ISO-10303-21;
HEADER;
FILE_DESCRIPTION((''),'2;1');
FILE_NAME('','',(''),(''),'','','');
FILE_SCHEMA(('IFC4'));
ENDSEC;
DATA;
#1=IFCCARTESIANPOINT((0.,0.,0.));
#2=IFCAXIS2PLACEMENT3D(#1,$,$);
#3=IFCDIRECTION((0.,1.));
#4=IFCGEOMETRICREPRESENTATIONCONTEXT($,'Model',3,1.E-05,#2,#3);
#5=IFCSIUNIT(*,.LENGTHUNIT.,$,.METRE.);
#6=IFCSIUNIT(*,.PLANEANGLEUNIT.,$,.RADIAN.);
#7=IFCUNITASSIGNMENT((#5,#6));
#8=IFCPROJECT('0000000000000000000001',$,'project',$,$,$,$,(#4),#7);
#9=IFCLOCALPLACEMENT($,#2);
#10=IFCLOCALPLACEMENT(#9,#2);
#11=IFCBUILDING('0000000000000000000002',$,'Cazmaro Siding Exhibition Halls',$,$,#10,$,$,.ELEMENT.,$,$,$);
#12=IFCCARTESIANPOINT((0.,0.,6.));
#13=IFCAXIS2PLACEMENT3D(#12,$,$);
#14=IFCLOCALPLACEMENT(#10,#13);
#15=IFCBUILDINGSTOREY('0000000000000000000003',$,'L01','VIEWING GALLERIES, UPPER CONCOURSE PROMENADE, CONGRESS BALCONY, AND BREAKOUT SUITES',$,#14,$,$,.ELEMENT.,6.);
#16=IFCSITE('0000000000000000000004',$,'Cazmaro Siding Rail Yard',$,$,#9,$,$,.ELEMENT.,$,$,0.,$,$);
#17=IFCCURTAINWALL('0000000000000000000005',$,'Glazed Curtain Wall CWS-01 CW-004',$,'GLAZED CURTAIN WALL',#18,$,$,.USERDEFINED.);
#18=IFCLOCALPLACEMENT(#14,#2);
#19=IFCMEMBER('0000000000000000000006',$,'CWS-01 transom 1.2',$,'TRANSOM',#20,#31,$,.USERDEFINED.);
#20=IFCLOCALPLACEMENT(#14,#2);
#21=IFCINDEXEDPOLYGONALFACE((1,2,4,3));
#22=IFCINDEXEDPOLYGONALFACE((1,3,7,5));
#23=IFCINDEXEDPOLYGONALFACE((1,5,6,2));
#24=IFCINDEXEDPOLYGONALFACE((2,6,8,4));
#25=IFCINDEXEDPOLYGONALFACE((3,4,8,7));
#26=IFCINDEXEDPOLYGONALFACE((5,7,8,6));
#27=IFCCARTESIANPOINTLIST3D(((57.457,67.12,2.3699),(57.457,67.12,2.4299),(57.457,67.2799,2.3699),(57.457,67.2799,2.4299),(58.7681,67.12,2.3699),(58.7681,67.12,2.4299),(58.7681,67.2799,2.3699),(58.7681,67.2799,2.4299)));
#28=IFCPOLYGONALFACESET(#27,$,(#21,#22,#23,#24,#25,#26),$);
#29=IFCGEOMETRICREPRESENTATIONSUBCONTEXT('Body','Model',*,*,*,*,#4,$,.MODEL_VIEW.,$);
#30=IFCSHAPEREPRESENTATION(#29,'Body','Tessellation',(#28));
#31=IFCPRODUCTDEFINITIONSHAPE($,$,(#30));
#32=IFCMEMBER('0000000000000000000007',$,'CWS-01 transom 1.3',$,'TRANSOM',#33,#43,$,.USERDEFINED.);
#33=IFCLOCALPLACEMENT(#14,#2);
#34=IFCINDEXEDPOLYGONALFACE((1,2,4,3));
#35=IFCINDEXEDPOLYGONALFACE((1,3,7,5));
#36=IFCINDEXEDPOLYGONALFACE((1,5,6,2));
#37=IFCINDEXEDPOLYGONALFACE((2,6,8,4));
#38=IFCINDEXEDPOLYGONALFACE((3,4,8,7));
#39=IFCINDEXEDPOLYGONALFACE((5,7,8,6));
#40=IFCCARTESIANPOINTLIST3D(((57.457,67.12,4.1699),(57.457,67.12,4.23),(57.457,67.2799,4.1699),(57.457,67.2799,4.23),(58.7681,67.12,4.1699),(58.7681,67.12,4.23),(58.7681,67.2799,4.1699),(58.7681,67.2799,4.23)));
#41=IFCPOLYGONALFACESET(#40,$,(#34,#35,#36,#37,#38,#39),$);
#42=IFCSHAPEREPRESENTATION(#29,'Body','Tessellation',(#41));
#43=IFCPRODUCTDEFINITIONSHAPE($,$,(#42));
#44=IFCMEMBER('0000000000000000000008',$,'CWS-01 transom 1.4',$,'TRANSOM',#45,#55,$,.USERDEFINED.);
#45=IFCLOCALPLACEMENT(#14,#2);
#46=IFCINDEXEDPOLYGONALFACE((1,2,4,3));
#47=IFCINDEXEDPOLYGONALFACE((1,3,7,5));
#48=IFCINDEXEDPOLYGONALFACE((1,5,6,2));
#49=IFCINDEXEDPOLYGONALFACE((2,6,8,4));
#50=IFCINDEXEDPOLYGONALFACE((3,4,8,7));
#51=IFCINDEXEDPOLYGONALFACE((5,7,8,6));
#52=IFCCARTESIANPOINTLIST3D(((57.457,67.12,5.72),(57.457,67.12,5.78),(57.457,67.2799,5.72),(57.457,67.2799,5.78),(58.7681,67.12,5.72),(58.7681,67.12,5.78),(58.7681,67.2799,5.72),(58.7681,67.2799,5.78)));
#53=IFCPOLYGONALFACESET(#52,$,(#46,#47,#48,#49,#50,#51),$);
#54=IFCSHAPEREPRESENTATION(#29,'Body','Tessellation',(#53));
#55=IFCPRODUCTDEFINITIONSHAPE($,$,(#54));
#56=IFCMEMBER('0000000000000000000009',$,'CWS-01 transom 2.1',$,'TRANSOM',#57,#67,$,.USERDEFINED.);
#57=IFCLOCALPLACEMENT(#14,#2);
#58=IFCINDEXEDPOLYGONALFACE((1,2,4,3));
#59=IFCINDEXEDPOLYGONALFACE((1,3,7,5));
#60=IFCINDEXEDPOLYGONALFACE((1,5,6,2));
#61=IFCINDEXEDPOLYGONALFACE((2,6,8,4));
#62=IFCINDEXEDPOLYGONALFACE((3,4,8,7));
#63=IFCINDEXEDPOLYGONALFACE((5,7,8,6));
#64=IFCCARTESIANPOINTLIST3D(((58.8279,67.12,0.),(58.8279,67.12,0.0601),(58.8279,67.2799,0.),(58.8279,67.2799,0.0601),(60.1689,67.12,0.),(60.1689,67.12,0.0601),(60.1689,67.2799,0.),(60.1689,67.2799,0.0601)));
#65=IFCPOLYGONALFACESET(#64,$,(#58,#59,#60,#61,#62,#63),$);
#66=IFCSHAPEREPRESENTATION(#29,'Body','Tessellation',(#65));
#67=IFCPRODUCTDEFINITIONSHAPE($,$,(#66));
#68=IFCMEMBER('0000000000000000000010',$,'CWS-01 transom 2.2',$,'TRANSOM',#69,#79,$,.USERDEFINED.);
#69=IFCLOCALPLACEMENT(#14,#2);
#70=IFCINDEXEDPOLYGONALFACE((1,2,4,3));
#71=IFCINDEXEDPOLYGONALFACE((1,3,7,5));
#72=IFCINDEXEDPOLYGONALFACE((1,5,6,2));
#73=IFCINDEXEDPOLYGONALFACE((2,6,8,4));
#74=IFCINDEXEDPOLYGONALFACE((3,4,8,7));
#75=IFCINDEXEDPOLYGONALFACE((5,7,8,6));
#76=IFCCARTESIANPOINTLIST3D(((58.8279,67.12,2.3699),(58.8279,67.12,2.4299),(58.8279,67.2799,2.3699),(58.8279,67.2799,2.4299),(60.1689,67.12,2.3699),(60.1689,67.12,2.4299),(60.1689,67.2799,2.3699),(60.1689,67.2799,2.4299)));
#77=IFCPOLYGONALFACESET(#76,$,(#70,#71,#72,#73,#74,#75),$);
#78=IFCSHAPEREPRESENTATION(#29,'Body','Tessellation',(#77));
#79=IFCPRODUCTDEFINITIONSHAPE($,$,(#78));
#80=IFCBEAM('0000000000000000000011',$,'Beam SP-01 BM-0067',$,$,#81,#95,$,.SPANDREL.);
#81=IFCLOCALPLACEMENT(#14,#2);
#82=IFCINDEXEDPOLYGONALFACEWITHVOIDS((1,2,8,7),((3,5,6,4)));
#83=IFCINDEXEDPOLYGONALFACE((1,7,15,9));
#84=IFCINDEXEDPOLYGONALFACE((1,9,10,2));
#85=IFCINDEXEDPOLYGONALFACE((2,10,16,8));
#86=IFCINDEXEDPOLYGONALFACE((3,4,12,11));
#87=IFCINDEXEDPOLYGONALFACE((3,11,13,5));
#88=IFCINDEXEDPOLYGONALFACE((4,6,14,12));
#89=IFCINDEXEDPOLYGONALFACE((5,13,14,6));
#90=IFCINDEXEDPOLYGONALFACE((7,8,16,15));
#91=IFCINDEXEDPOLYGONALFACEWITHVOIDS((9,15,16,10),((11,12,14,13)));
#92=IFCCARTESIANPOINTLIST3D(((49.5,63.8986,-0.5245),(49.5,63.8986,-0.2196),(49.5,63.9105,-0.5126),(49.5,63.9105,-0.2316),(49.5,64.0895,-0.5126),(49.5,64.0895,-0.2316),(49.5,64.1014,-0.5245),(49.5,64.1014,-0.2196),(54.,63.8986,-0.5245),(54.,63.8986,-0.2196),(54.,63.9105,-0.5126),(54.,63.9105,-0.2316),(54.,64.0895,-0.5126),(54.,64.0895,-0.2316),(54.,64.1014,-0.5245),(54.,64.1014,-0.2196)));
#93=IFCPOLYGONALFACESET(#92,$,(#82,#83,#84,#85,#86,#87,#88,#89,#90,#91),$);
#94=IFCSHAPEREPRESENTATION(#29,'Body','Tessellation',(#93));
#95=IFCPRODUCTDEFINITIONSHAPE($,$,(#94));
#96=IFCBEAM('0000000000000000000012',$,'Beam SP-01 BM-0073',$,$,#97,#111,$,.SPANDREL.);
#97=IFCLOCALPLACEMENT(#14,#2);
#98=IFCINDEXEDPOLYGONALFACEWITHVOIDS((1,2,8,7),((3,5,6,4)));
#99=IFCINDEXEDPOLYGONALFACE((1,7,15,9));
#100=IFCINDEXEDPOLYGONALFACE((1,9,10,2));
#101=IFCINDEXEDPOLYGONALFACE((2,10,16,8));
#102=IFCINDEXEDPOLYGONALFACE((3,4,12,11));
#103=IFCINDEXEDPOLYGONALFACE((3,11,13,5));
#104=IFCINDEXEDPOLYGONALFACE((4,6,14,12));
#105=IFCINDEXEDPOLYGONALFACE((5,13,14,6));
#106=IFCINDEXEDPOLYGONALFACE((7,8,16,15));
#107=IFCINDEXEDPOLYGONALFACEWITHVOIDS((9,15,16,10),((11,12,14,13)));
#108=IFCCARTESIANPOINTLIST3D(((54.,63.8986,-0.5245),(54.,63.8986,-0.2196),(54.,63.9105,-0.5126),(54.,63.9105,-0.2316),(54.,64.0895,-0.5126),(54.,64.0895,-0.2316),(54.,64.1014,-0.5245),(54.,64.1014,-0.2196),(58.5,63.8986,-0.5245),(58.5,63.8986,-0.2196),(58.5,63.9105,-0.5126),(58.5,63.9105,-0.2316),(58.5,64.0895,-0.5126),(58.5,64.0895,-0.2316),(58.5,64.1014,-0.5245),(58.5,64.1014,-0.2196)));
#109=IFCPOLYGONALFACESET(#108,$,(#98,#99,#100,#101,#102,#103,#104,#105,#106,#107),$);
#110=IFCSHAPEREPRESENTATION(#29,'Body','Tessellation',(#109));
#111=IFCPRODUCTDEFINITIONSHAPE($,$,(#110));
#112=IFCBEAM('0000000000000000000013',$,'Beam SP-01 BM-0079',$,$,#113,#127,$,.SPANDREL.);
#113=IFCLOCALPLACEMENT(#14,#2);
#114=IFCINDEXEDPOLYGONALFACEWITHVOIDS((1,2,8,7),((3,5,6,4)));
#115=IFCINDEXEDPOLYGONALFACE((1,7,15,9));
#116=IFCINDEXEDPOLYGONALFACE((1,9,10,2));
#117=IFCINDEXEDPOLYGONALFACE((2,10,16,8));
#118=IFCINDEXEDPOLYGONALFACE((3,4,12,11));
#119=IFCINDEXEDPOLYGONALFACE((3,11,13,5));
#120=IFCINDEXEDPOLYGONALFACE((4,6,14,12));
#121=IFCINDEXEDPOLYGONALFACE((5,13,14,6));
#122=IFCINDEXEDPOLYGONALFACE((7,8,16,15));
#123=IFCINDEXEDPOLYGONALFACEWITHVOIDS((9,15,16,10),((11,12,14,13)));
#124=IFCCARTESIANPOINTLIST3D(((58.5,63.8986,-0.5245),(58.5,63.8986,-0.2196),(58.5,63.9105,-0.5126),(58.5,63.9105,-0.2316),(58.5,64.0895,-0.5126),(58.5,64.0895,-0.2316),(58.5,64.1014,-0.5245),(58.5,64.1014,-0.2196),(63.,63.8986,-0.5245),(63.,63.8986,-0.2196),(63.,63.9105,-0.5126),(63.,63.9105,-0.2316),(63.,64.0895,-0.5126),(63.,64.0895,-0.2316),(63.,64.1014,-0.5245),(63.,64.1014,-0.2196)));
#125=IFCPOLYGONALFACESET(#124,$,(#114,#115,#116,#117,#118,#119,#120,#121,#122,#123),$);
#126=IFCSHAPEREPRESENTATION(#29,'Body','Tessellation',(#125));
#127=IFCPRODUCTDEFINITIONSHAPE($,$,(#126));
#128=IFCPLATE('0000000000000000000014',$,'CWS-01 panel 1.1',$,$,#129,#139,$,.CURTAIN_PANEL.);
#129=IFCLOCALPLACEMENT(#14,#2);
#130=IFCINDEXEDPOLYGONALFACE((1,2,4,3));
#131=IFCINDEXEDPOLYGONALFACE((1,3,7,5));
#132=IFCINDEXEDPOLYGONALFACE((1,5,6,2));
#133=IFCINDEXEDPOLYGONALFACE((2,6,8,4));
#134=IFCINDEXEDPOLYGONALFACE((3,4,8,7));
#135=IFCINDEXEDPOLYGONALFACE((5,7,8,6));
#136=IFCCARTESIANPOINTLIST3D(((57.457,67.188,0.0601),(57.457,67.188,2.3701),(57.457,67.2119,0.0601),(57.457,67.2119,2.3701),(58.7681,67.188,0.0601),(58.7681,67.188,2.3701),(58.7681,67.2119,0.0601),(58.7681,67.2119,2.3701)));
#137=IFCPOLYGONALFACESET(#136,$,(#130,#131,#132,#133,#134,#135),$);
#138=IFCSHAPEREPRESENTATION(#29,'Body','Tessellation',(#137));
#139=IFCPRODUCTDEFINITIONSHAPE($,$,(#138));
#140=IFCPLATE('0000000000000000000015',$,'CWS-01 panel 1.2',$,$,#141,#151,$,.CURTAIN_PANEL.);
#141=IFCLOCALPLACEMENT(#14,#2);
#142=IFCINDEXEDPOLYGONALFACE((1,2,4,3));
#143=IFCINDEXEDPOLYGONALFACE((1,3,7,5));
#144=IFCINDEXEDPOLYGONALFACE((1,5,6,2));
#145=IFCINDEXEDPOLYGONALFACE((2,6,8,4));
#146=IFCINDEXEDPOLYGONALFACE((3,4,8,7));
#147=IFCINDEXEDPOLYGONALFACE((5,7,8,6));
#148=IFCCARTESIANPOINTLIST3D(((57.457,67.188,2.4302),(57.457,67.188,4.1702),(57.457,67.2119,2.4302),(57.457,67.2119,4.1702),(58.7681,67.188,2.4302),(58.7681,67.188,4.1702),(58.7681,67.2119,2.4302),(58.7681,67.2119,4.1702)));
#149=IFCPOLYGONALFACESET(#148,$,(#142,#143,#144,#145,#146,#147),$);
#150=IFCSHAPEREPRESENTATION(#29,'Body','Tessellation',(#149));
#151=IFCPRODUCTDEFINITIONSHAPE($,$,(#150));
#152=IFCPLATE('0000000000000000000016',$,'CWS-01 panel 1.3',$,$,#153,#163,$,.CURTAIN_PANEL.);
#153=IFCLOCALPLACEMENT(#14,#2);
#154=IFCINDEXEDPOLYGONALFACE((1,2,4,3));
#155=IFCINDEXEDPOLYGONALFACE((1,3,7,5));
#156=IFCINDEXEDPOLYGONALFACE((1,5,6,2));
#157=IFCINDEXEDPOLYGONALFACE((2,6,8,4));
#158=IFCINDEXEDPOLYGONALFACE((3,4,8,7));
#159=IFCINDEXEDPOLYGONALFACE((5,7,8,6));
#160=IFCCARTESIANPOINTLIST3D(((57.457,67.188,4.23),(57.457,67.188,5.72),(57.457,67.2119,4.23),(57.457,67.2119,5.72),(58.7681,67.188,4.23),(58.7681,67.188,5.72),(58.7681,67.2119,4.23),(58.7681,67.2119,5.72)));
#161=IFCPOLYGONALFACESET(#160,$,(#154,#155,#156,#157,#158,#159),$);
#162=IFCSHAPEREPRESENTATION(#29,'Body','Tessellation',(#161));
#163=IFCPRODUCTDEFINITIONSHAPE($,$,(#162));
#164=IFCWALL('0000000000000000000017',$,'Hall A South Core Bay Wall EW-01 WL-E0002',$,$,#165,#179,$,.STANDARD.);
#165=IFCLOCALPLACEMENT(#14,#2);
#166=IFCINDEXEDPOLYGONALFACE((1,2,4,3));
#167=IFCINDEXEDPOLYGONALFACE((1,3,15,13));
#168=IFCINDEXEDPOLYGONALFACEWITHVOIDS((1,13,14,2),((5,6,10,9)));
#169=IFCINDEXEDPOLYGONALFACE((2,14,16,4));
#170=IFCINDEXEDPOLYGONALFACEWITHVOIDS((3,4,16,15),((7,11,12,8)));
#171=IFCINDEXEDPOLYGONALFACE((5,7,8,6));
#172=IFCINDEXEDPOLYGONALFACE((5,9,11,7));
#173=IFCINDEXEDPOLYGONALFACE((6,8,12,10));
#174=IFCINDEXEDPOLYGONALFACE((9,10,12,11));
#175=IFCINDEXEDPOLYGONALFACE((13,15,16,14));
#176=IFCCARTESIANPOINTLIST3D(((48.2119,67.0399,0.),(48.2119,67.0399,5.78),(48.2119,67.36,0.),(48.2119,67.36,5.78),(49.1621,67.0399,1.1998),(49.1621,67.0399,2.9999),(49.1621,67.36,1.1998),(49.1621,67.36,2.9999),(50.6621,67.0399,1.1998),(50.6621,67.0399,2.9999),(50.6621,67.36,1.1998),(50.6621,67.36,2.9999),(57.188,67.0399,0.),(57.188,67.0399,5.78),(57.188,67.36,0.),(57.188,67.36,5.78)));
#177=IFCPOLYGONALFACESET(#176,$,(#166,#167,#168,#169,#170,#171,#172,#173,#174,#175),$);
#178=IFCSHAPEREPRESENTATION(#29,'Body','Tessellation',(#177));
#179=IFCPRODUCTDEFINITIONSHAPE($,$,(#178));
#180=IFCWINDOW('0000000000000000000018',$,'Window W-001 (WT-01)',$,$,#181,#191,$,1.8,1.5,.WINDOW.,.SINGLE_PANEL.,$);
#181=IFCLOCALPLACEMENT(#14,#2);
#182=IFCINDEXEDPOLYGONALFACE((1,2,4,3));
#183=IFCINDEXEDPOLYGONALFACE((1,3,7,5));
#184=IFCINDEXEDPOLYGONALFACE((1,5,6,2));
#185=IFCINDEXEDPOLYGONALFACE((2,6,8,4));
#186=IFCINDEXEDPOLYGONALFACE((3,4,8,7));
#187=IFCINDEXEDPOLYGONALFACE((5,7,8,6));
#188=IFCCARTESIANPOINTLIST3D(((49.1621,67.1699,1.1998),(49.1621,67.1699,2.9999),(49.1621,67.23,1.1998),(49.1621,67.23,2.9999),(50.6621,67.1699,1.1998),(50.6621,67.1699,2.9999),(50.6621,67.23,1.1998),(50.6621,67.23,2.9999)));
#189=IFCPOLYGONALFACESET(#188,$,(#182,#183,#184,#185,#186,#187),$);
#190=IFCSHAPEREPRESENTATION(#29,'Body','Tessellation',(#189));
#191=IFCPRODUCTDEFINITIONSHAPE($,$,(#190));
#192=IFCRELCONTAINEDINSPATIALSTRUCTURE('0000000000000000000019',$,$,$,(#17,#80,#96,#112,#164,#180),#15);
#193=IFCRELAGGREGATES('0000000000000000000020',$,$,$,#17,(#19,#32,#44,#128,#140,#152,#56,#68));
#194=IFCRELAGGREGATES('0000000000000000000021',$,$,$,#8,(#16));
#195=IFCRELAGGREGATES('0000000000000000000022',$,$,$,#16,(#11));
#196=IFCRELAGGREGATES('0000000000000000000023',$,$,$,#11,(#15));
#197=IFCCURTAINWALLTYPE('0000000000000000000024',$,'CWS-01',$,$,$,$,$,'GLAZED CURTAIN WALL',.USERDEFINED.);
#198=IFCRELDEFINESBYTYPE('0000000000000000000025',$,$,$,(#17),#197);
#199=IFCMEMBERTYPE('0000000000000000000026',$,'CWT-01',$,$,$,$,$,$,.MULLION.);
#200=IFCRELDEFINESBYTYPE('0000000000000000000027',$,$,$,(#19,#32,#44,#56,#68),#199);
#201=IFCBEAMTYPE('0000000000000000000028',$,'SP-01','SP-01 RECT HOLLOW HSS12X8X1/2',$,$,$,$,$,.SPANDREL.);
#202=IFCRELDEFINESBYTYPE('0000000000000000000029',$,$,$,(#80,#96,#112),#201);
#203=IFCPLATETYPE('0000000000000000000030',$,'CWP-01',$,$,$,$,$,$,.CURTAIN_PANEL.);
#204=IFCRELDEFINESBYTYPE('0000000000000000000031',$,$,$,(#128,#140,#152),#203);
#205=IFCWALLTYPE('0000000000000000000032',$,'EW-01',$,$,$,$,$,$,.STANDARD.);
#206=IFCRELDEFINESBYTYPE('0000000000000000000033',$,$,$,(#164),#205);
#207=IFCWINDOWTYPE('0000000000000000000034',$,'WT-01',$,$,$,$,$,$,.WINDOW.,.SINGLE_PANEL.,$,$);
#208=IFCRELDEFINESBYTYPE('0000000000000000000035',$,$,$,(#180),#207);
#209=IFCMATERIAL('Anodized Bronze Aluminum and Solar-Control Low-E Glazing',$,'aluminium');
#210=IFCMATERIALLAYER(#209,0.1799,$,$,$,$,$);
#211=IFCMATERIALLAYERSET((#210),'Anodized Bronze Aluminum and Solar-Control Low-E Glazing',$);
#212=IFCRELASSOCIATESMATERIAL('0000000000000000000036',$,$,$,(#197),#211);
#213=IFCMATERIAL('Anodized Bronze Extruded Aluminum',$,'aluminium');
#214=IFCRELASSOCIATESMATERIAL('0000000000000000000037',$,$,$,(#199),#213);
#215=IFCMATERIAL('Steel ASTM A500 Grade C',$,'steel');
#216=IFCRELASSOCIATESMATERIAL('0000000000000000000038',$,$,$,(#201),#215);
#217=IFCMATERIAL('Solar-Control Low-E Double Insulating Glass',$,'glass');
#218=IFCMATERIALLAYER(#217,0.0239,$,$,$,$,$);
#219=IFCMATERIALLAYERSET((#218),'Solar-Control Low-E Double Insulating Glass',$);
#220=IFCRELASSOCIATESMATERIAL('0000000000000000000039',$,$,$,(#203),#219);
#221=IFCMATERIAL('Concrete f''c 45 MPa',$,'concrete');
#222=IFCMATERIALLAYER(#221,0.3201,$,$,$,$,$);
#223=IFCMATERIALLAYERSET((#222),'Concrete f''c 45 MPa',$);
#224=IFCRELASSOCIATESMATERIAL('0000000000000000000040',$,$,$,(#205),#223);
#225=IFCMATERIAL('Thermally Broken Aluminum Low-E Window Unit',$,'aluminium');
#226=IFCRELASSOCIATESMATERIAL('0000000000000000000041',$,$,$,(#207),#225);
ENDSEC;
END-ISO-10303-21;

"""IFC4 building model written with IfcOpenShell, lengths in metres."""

from ifc_helpers import new_model, si_unit, direction, frame, frame_2d, origin, origin_2d, place, context, subcontext, project, spatial, rectangle, hollow_rectangle, extrude, material, layer, layer_set, material_profile, profile_set, type_object, element, fill, aggregate, save


model = new_model("IFC4")

# Units and contexts
model_context = context("Model", 3, precision=1e-05, world=origin(), true_north=direction((0.0, 1.0)))
body_context = subcontext(model_context, "Body", "Model", "MODEL_VIEW")
ifc_project = project(units=[si_unit("LENGTHUNIT", "METRE"), si_unit("PLANEANGLEUNIT", "RADIAN")], contexts=[model_context])

# Site, building, storey
site_placement = place(None, origin())
site = spatial("IfcSite", under=ifc_project, at=site_placement, Name="Cazmaro Siding Rail Yard", CompositionType="ELEMENT", RefElevation=0.0)
building_placement = place(site_placement, origin())
building = spatial("IfcBuilding", under=site, at=building_placement, Name="Cazmaro Siding Exhibition Halls", CompositionType="ELEMENT")
storey_placement = place(building_placement, frame((0.0, 0.0, 6.0)))
storey = spatial("IfcBuildingStorey", under=building, at=storey_placement, Name="L01", Description="VIEWING GALLERIES, UPPER CONCOURSE PROMENADE, CONGRESS BALCONY, AND BREAKOUT SUITES", CompositionType="ELEMENT", Elevation=6.0)

# Curtain wall, members
ifc_material_1 = material(Name="Anodized Bronze Aluminum and Solar-Control Low-E Glazing", Category="aluminium")
ifc_layer_1 = layer(ifc_material_1, 0.1799)
ifc_layer_set_1 = layer_set([ifc_layer_1], Name="Anodized Bronze Aluminum and Solar-Control Low-E Glazing")
curtain_wall_type = type_object("IfcCurtainWallType", Name="CWS-01", ElementType="GLAZED CURTAIN WALL", PredefinedType="USERDEFINED", material=ifc_layer_set_1)
curtain_wall_placement = place(storey_placement, origin())
curtain_wall = element("IfcCurtainWall", 1, at=curtain_wall_placement, inside=storey, type_object=curtain_wall_type, Name="Glazed Curtain Wall CWS-01 CW-004", ObjectType="GLAZED CURTAIN WALL", PredefinedType="USERDEFINED")
ifc_material_2 = material(Name="Anodized Bronze Extruded Aluminum", Category="aluminium")
ifc_material_profile_1 = material_profile(ifc_material_2, rectangle(XDim=0.1599, YDim=0.0601, at=origin_2d()), Name="CWT-01")
ifc_profile_set_1 = profile_set([ifc_material_profile_1], Name="Anodized Bronze Extruded Aluminum")
member_type_1 = type_object("IfcMemberType", Name="CWT-01", PredefinedType="MULLION", material=ifc_profile_set_1)
member_1_placement = place(storey_placement, frame((57.457, 67.2, 2.3999), z_axis=(1.0, 0.0, 0.0), x_axis=(0.0, 1.0, 0.0)))
member_1 = element("IfcMember", 2, at=member_1_placement, type_object=member_type_1, Name="CWS-01 transom 1.2", ObjectType="TRANSOM", PredefinedType="USERDEFINED", context=body_context, shape_type="SweptSolid", body=[
    extrude(rectangle(XDim=0.1599, YDim=0.0601, at=origin_2d()), origin(), (0.0, 0.0, 1.0), 1.311),
])
member_2_placement = place(storey_placement, frame((57.457, 67.2, 4.2), z_axis=(1.0, 0.0, 0.0), x_axis=(0.0, 1.0, 0.0)))
member_2 = element("IfcMember", 3, at=member_2_placement, type_object=member_type_1, Name="CWS-01 transom 1.3", ObjectType="TRANSOM", PredefinedType="USERDEFINED", context=body_context, shape_type="SweptSolid", body=[
    extrude(rectangle(XDim=0.1599, YDim=0.0601, at=origin_2d()), origin(), (0.0, 0.0, 1.0), 1.311),
])
member_3_placement = place(storey_placement, frame((57.457, 67.2, 5.75), z_axis=(1.0, 0.0, 0.0), x_axis=(0.0, 1.0, 0.0)))
member_3 = element("IfcMember", 4, at=member_3_placement, type_object=member_type_1, Name="CWS-01 transom 1.4", ObjectType="TRANSOM", PredefinedType="USERDEFINED", context=body_context, shape_type="SweptSolid", body=[
    extrude(rectangle(XDim=0.1599, YDim=0.0601, at=origin_2d()), origin(), (0.0, 0.0, 1.0), 1.311),
])
member_4_placement = place(storey_placement, frame((58.8279, 67.2, 0.03), z_axis=(1.0, 0.0, 0.0), x_axis=(0.0, 1.0, 0.0)))
member_4 = element("IfcMember", 5, at=member_4_placement, type_object=member_type_1, Name="CWS-01 transom 2.1", ObjectType="TRANSOM", PredefinedType="USERDEFINED", context=body_context, shape_type="SweptSolid", body=[
    extrude(rectangle(XDim=0.1599, YDim=0.0601, at=origin_2d()), origin(), (0.0, 0.0, 1.0), 1.3411),
])
member_5_placement = place(storey_placement, frame((58.8279, 67.2, 2.3999), z_axis=(1.0, 0.0, 0.0), x_axis=(0.0, 1.0, 0.0)))
member_5 = element("IfcMember", 6, at=member_5_placement, type_object=member_type_1, Name="CWS-01 transom 2.2", ObjectType="TRANSOM", PredefinedType="USERDEFINED", context=body_context, shape_type="SweptSolid", body=[
    extrude(rectangle(XDim=0.1599, YDim=0.0601, at=origin_2d()), origin(), (0.0, 0.0, 1.0), 1.3411),
])

# Beams
ifc_material_3 = material(Name="Steel ASTM A500 Grade C", Category="steel")
ifc_material_profile_2 = material_profile(ifc_material_3, hollow_rectangle(XDim=0.2029, YDim=0.3049, WallThickness=0.012, at=origin_2d()), Name="HSS12X8X1/2")
ifc_profile_set_2 = profile_set([ifc_material_profile_2], Name="Steel ASTM A500 Grade C")
beam_type_1 = type_object("IfcBeamType", Name="SP-01", Description="SP-01 RECT HOLLOW HSS12X8X1/2", PredefinedType="SPANDREL", material=ifc_profile_set_2)
for number, where, z_axis, x_axis, name in (
    (7, (49.5, 64.0, -0.3721), (1.0, 0.0, 0.0), (0.0, 1.0, 0.0), "Beam SP-01 BM-0067"),
    (8, (54.0, 64.0, -0.3721), (1.0, 0.0, 0.0), (0.0, 1.0, 0.0), "Beam SP-01 BM-0073"),
    (9, (58.5, 64.0, -0.3721), (1.0, 0.0, 0.0), (0.0, 1.0, 0.0), "Beam SP-01 BM-0079"),
):
    element("IfcBeam", number, at=place(storey_placement, frame(where, z_axis=z_axis, x_axis=x_axis)), inside=storey, type_object=beam_type_1, Name=name, PredefinedType="SPANDREL", context=body_context, shape_type="SweptSolid", body=[
        extrude(hollow_rectangle(XDim=0.2029, YDim=0.3049, WallThickness=0.012, at=origin_2d()), origin(), (0.0, 0.0, 1.0), 4.5),
    ])

# Plates
ifc_material_4 = material(Name="Solar-Control Low-E Double Insulating Glass", Category="glass")
ifc_layer_2 = layer(ifc_material_4, 0.0239)
ifc_layer_set_2 = layer_set([ifc_layer_2], Name="Solar-Control Low-E Double Insulating Glass")
plate_type = type_object("IfcPlateType", Name="CWP-01", PredefinedType="CURTAIN_PANEL", material=ifc_layer_set_2)
plate_1_placement = place(storey_placement, frame((58.1125, 67.2, 0.0601), z_axis=(0.0, 0.0, 1.0), x_axis=(1.0, 0.0, 0.0)))
plate_1 = element("IfcPlate", 10, at=plate_1_placement, type_object=plate_type, Name="CWS-01 panel 1.1", PredefinedType="CURTAIN_PANEL", context=body_context, shape_type="SweptSolid", body=[
    extrude(rectangle(XDim=1.311, YDim=0.0239, at=origin_2d()), origin(), (0.0, 0.0, 1.0), 2.3101),
])
plate_2_placement = place(storey_placement, frame((58.1125, 67.2, 2.4302), z_axis=(0.0, 0.0, 1.0), x_axis=(1.0, 0.0, 0.0)))
plate_2 = element("IfcPlate", 11, at=plate_2_placement, type_object=plate_type, Name="CWS-01 panel 1.2", PredefinedType="CURTAIN_PANEL", context=body_context, shape_type="SweptSolid", body=[
    extrude(rectangle(XDim=1.311, YDim=0.0239, at=origin_2d()), origin(), (0.0, 0.0, 1.0), 1.74),
])
plate_3_placement = place(storey_placement, frame((58.1125, 67.2, 4.23), z_axis=(0.0, 0.0, 1.0), x_axis=(1.0, 0.0, 0.0)))
plate_3 = element("IfcPlate", 12, at=plate_3_placement, type_object=plate_type, Name="CWS-01 panel 1.3", PredefinedType="CURTAIN_PANEL", context=body_context, shape_type="SweptSolid", body=[
    extrude(rectangle(XDim=1.311, YDim=0.0239, at=origin_2d()), origin(), (0.0, 0.0, 1.0), 1.49),
])
aggregate(curtain_wall, [member_1, member_2, member_3, plate_1, plate_2, plate_3, member_4, member_5])

# Wall, opening, window
ifc_material_5 = material(Name="Concrete f'c 45 MPa", Category="concrete")
ifc_layer_3 = layer(ifc_material_5, 0.3201)
ifc_layer_set_3 = layer_set([ifc_layer_3], Name="Concrete f'c 45 MPa")
wall_type = type_object("IfcWallType", Name="EW-01", PredefinedType="STANDARD", material=ifc_layer_set_3)
wall_placement = place(storey_placement, frame((57.188, 67.2, 0.0), z_axis=(0.0, 0.0, 1.0), x_axis=(-1.0, 0.0, 0.0)))
wall = element("IfcWall", 13, at=wall_placement, inside=storey, type_object=wall_type, Name="Hall A South Core Bay Wall EW-01 WL-E0002", PredefinedType="STANDARD", context=body_context, shape_type="SweptSolid", body=[
    extrude(rectangle(XDim=8.9761, YDim=0.3201, at=frame_2d((4.488, 0.0))), origin(), (0.0, 0.0, 1.0), 5.78),
])
opening_placement = place(wall_placement, frame((6.5259, 0.0, 1.2)))
opening = element("IfcOpeningElement", 14, at=opening_placement, cuts=wall, PredefinedType="OPENING", context=body_context, shape_type="SweptSolid", body=[
    extrude(rectangle(XDim=1.5, YDim=1.8, at=frame_2d((0.75, 0.8999))), frame((0.0, 0.1699, 0.0), z_axis=(0.0, -1.0, 0.0), x_axis=(1.0, 0.0, 0.0)), (0.0, 0.0, 1.0), 0.3401),
])
ifc_material_6 = material(Name="Thermally Broken Aluminum Low-E Window Unit", Category="aluminium")
window_type = type_object("IfcWindowType", Name="WT-01", PartitioningType="SINGLE_PANEL", PredefinedType="WINDOW", material=ifc_material_6)
window_placement = place(opening_placement, origin())
window = element("IfcWindow", 15, at=window_placement, inside=storey, type_object=window_type, Name="Window W-001 (WT-01)", OverallHeight=1.8, OverallWidth=1.5, PartitioningType="SINGLE_PANEL", PredefinedType="WINDOW", context=body_context, shape_type="SweptSolid", body=[
    extrude(rectangle(XDim=1.5, YDim=1.8, at=frame_2d((0.75, 0.8999))), frame((0.0, 0.03, 0.0), z_axis=(0.0, -1.0, 0.0), x_axis=(1.0, 0.0, 0.0)), (0.0, 0.0, 1.0), 0.0601),
])
fill(opening, window)

save(model, "model.ifc")
